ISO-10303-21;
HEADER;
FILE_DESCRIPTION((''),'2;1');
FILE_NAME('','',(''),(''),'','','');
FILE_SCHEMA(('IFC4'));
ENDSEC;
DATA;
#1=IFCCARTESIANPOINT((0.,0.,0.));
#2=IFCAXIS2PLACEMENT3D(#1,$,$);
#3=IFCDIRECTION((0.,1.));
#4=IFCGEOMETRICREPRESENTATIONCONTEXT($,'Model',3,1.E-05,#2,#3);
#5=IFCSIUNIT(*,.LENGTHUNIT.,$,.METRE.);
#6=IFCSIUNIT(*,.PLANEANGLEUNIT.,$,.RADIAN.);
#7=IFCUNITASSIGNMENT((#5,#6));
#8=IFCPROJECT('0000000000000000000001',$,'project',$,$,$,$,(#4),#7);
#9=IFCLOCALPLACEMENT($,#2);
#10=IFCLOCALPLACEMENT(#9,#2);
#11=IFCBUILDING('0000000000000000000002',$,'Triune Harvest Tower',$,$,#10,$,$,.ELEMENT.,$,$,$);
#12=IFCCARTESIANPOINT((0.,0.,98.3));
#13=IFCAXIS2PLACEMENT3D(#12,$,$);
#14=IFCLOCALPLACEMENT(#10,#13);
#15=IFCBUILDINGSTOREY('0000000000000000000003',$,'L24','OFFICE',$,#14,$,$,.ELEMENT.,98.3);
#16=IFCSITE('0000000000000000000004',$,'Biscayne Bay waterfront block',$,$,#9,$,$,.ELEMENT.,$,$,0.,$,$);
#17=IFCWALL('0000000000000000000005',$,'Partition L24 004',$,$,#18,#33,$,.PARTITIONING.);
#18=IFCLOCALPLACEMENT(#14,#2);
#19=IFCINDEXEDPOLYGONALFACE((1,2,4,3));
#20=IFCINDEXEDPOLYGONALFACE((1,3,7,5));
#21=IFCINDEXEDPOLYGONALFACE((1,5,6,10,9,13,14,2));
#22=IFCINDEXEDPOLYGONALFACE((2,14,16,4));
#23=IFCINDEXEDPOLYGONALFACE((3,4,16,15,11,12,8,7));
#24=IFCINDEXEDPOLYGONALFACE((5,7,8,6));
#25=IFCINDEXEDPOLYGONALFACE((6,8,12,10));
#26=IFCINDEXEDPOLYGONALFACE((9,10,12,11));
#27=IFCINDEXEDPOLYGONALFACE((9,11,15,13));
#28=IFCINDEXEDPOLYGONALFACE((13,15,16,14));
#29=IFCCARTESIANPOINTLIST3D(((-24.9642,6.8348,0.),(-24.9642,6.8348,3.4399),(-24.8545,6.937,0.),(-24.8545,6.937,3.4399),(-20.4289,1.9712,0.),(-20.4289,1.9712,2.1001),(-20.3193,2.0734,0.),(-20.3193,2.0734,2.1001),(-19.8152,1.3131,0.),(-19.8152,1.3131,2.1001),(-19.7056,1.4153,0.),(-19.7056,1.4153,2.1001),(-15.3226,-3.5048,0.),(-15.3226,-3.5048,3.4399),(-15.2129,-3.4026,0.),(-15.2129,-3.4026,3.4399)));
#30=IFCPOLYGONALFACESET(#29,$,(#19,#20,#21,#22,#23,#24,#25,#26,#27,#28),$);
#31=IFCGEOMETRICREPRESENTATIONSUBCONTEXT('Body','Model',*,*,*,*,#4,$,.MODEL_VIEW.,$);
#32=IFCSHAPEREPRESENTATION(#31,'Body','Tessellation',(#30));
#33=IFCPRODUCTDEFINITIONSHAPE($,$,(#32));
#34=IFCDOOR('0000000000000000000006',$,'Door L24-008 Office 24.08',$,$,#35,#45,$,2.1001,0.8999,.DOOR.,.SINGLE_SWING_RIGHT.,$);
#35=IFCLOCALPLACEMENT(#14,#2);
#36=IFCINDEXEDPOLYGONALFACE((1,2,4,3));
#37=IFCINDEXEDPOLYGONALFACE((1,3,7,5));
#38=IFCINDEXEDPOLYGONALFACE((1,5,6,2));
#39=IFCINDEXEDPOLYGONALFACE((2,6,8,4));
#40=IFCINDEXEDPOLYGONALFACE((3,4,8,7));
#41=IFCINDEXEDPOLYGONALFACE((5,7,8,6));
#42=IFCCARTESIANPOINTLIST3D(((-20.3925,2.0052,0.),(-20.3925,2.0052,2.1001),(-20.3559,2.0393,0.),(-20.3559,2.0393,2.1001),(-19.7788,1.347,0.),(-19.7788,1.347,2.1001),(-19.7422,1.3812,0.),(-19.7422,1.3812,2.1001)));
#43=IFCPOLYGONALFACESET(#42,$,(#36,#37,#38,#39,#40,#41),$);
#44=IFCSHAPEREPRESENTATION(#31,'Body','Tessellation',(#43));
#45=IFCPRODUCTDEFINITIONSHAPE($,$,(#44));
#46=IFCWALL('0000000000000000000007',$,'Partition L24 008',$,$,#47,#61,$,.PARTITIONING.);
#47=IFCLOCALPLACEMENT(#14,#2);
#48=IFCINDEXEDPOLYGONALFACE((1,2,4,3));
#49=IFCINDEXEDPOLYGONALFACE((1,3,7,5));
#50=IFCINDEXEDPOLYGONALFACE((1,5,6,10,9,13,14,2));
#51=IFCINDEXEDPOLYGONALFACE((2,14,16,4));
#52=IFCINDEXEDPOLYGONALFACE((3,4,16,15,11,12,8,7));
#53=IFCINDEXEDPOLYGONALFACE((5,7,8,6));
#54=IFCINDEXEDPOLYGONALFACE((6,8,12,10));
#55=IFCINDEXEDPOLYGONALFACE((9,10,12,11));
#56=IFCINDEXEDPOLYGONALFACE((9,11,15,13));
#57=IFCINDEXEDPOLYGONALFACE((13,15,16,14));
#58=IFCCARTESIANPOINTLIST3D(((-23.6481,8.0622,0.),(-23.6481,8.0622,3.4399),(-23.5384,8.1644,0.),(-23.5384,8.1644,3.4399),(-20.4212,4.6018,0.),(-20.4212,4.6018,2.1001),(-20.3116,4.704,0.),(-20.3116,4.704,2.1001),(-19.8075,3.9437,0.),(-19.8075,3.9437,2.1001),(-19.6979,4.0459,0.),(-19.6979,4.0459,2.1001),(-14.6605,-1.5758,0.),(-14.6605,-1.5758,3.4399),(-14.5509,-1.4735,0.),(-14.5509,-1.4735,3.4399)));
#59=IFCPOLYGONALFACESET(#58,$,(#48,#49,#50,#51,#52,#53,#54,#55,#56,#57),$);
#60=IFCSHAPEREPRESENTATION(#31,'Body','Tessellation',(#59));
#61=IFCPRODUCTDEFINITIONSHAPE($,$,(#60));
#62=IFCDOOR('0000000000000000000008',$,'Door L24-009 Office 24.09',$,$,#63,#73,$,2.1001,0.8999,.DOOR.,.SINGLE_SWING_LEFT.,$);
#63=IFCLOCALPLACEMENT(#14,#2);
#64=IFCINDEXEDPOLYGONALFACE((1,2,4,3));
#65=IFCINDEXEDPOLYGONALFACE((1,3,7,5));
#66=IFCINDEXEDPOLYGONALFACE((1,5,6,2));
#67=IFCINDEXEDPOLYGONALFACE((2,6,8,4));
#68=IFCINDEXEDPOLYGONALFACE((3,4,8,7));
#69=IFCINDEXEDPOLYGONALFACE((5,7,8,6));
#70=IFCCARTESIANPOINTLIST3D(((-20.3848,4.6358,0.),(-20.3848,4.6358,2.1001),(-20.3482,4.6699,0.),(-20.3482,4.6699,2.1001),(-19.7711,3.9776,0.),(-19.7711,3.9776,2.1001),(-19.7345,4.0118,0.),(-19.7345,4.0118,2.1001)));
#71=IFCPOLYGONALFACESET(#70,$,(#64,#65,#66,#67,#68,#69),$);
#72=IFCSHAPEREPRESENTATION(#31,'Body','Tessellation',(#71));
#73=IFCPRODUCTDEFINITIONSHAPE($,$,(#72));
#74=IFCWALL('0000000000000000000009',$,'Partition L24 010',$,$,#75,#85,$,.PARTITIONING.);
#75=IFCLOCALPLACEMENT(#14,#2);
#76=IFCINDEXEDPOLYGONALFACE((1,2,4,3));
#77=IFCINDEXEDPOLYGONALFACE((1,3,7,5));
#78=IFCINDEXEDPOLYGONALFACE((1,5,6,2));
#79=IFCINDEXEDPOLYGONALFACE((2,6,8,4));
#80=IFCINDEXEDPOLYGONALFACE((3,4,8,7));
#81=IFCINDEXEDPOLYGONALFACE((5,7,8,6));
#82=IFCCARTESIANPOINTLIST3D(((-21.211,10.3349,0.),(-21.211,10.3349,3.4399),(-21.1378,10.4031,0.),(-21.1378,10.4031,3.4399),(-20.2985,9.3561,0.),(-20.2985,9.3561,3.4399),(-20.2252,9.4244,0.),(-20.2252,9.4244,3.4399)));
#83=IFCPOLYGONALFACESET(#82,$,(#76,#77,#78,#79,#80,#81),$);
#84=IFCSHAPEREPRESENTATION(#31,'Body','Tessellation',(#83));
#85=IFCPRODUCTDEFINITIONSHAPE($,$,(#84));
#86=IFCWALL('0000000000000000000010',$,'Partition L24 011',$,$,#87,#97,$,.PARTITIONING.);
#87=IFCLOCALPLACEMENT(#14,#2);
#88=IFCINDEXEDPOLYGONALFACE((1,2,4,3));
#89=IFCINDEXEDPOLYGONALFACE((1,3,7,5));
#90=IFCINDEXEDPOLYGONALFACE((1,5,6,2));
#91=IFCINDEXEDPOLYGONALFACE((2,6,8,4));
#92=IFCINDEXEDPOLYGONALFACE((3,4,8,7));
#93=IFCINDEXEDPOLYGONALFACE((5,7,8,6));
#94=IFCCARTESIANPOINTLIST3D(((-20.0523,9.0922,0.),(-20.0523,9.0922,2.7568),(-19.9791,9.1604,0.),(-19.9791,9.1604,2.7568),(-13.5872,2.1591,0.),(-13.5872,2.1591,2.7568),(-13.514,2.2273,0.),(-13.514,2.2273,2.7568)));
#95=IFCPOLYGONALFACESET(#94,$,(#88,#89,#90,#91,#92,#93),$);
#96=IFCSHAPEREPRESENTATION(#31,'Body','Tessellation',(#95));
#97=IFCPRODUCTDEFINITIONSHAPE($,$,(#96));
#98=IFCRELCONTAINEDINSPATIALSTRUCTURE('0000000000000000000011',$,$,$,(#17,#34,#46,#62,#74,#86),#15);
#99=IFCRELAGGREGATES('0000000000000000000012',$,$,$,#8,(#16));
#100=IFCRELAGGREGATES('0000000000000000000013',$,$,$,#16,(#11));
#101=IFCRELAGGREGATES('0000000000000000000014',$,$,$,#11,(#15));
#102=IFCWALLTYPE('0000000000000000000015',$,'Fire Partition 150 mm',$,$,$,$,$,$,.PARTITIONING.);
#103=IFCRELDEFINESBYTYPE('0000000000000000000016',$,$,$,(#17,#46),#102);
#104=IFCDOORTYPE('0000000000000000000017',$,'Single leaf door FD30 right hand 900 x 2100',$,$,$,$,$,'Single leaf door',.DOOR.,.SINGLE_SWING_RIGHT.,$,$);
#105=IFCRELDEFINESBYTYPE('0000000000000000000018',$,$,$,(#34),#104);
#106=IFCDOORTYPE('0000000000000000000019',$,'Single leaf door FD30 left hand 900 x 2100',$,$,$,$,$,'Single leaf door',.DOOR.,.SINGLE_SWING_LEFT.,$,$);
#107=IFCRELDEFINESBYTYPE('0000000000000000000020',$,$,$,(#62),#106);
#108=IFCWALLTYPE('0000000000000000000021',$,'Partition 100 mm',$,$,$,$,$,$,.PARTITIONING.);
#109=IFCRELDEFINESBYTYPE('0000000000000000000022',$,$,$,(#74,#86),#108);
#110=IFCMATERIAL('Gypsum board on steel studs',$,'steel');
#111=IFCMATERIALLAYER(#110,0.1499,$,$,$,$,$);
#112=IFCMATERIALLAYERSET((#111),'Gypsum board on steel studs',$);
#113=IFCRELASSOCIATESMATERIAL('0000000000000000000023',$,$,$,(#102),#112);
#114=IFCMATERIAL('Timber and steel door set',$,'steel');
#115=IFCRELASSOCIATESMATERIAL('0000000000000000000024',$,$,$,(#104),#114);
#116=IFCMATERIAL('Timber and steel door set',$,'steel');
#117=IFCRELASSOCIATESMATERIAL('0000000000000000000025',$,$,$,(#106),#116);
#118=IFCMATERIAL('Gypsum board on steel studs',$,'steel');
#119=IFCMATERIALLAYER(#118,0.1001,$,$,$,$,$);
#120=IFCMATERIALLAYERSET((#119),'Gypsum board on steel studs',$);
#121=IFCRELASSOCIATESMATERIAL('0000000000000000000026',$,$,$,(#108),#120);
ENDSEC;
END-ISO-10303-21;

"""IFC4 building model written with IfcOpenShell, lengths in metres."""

from ifc_helpers import new_model, si_unit, direction, frame, frame_2d, origin, place, context, subcontext, project, spatial, rectangle, extrude, source, transform, mapped, material, layer, layer_set, type_object, element, fill, save


model = new_model("IFC4")

# Units and contexts
model_context = context("Model", 3, precision=1e-05, world=origin(), true_north=direction((0.0, 1.0)))
body_context = subcontext(model_context, "Body", "Model", "MODEL_VIEW")
ifc_project = project(units=[si_unit("LENGTHUNIT", "METRE"), si_unit("PLANEANGLEUNIT", "RADIAN")], contexts=[model_context])

# Site, building, storey
site_placement = place(None, origin())
site = spatial("IfcSite", under=ifc_project, at=site_placement, Name="Biscayne Bay waterfront block", CompositionType="ELEMENT", RefElevation=0.0)
building_placement = place(site_placement, origin())
building = spatial("IfcBuilding", under=site, at=building_placement, Name="Triune Harvest Tower", CompositionType="ELEMENT")
storey_placement = place(building_placement, frame((0.0, 0.0, 98.3)))
storey = spatial("IfcBuildingStorey", under=building, at=storey_placement, Name="L24", Description="OFFICE", CompositionType="ELEMENT", Elevation=98.3)

# Walls, openings, doors
ifc_material_1 = material(Name="Gypsum board on steel studs", Category="steel")
ifc_layer_1 = layer(ifc_material_1, 0.1499)
ifc_layer_set_1 = layer_set([ifc_layer_1], Name="Gypsum board on steel studs")
wall_type_1 = type_object("IfcWallType", Name="Fire Partition 150 mm", PredefinedType="PARTITIONING", material=ifc_layer_set_1)
shared_shape_1 = source(origin(), body_context, "Body", "SweptSolid", [
    extrude(rectangle(XDim=14.1375, YDim=0.1499, at=frame_2d((7.0688, 0.0))), origin(), (0.0, 0.0, 1.0), 3.4399),
])
wall_1_placement = place(storey_placement, frame((-24.9094, 6.886, 0.0), z_axis=(0.0, 0.0, 1.0), x_axis=(0.68199, -0.731362, 0.0)))
wall_1 = element("IfcWall", 1, at=wall_1_placement, inside=storey, type_object=wall_type_1, Name="Partition L24 004", PredefinedType="PARTITIONING", context=body_context, shape_type="MappedRepresentation", body=[
    mapped(shared_shape_1, transform((0.0, 0.0, 0.0), scale=1.0)),
])
opening_1_placement = place(wall_1_placement, frame((6.6501, 0.0, 0.0)))
opening_1 = element("IfcOpeningElement", 2, at=opening_1_placement, cuts=wall_1, PredefinedType="OPENING", context=body_context, shape_type="SweptSolid", body=[
    extrude(rectangle(XDim=0.8999, YDim=2.1001, at=frame_2d((0.45, 1.05))), frame((0.0, 0.085, 0.0), z_axis=(0.0, -1.0, 0.0), x_axis=(1.0, 0.0, 0.0)), (0.0, 0.0, 1.0), 0.1699),
])
ifc_material_2 = material(Name="Timber and steel door set", Category="steel")
door_type_1 = type_object("IfcDoorType", Name="Single leaf door FD30 right hand 900 x 2100", ElementType="Single leaf door", OperationType="SINGLE_SWING_RIGHT", PredefinedType="DOOR", material=ifc_material_2)
door_1_placement = place(opening_1_placement, origin())
door_1 = element("IfcDoor", 3, at=door_1_placement, inside=storey, type_object=door_type_1, Name="Door L24-008 Office 24.08", OperationType="SINGLE_SWING_RIGHT", OverallHeight=2.1001, OverallWidth=0.8999, PredefinedType="DOOR", context=body_context, shape_type="SweptSolid", body=[
    extrude(rectangle(XDim=0.8999, YDim=2.1001, at=frame_2d((0.45, 1.05))), frame((0.0, 0.0249, 0.0), z_axis=(0.0, -1.0, 0.0), x_axis=(1.0, 0.0, 0.0)), (0.0, 0.0, 1.0), 0.05),
])
fill(opening_1, door_1)
shared_shape_2 = source(origin(), body_context, "Body", "SweptSolid", [
    extrude(rectangle(XDim=13.1782, YDim=0.1499, at=frame_2d((6.5891, 0.0))), origin(), (0.0, 0.0, 1.0), 3.4399),
])
wall_2_placement = place(storey_placement, frame((-23.5933, 8.1133, 0.0), z_axis=(0.0, 0.0, 1.0), x_axis=(0.681999, -0.731353, 0.0)))
wall_2 = element("IfcWall", 4, at=wall_2_placement, inside=storey, type_object=wall_type_1, Name="Partition L24 008", PredefinedType="PARTITIONING", context=body_context, shape_type="MappedRepresentation", body=[
    mapped(shared_shape_2, transform((0.0, 0.0, 0.0), scale=1.0)),
])
opening_2_placement = place(wall_2_placement, frame((4.7314, 0.0, 0.0)))
opening_2 = element("IfcOpeningElement", 5, at=opening_2_placement, cuts=wall_2, PredefinedType="OPENING", context=body_context, shape_type="SweptSolid", body=[
    extrude(rectangle(XDim=0.8999, YDim=2.1001, at=frame_2d((0.45, 1.05))), frame((0.0, 0.085, 0.0), z_axis=(0.0, -1.0, 0.0), x_axis=(1.0, 0.0, 0.0)), (0.0, 0.0, 1.0), 0.1699),
])
ifc_material_3 = material(Name="Timber and steel door set", Category="steel")
door_type_2 = type_object("IfcDoorType", Name="Single leaf door FD30 left hand 900 x 2100", ElementType="Single leaf door", OperationType="SINGLE_SWING_LEFT", PredefinedType="DOOR", material=ifc_material_3)
door_2_placement = place(opening_2_placement, origin())
door_2 = element("IfcDoor", 6, at=door_2_placement, inside=storey, type_object=door_type_2, Name="Door L24-009 Office 24.09", OperationType="SINGLE_SWING_LEFT", OverallHeight=2.1001, OverallWidth=0.8999, PredefinedType="DOOR", context=body_context, shape_type="SweptSolid", body=[
    extrude(rectangle(XDim=0.8999, YDim=2.1001, at=frame_2d((0.45, 1.05))), frame((0.0, 0.0249, 0.0), z_axis=(0.0, -1.0, 0.0), x_axis=(1.0, 0.0, 0.0)), (0.0, 0.0, 1.0), 0.05),
])
fill(opening_2, door_2)

# Walls
ifc_material_4 = material(Name="Gypsum board on steel studs", Category="steel")
ifc_layer_2 = layer(ifc_material_4, 0.1001)
ifc_layer_set_2 = layer_set([ifc_layer_2], Name="Gypsum board on steel studs")
wall_type_2 = type_object("IfcWallType", Name="Partition 100 mm", PredefinedType="PARTITIONING", material=ifc_layer_set_2)
shared_shape_3 = source(origin(), body_context, "Body", "SweptSolid", [
    extrude(rectangle(XDim=1.3381, YDim=0.1001, at=frame_2d((0.6689, 0.0))), origin(), (0.0, 0.0, 1.0), 3.4399),
])
wall_3_placement = place(storey_placement, frame((-21.1743, 10.3689, 0.0), z_axis=(0.0, 0.0, 1.0), x_axis=(0.681954, -0.731395, 0.0)))
element("IfcWall", 7, at=wall_3_placement, inside=storey, type_object=wall_type_2, Name="Partition L24 010", PredefinedType="PARTITIONING", context=body_context, shape_type="MappedRepresentation", body=[
    mapped(shared_shape_3, transform((0.0, 0.0, 0.0), scale=1.0)),
])
shared_shape_4 = source(origin(), body_context, "Body", "SweptSolid", [
    extrude(rectangle(XDim=9.4797, YDim=0.1001, at=frame_2d((4.7397, 0.0))), origin(), (0.0, 0.0, 1.0), 2.7568),
])
wall_4_placement = place(storey_placement, frame((-20.0156, 9.1262, 0.0), z_axis=(0.0, 0.0, 1.0), x_axis=(0.681991, -0.731361, 0.0)))
element("IfcWall", 8, at=wall_4_placement, inside=storey, type_object=wall_type_2, Name="Partition L24 011", PredefinedType="PARTITIONING", context=body_context, shape_type="MappedRepresentation", body=[
    mapped(shared_shape_4, transform((0.0, 0.0, 0.0), scale=1.0)),
])

save(model, "model.ifc")
